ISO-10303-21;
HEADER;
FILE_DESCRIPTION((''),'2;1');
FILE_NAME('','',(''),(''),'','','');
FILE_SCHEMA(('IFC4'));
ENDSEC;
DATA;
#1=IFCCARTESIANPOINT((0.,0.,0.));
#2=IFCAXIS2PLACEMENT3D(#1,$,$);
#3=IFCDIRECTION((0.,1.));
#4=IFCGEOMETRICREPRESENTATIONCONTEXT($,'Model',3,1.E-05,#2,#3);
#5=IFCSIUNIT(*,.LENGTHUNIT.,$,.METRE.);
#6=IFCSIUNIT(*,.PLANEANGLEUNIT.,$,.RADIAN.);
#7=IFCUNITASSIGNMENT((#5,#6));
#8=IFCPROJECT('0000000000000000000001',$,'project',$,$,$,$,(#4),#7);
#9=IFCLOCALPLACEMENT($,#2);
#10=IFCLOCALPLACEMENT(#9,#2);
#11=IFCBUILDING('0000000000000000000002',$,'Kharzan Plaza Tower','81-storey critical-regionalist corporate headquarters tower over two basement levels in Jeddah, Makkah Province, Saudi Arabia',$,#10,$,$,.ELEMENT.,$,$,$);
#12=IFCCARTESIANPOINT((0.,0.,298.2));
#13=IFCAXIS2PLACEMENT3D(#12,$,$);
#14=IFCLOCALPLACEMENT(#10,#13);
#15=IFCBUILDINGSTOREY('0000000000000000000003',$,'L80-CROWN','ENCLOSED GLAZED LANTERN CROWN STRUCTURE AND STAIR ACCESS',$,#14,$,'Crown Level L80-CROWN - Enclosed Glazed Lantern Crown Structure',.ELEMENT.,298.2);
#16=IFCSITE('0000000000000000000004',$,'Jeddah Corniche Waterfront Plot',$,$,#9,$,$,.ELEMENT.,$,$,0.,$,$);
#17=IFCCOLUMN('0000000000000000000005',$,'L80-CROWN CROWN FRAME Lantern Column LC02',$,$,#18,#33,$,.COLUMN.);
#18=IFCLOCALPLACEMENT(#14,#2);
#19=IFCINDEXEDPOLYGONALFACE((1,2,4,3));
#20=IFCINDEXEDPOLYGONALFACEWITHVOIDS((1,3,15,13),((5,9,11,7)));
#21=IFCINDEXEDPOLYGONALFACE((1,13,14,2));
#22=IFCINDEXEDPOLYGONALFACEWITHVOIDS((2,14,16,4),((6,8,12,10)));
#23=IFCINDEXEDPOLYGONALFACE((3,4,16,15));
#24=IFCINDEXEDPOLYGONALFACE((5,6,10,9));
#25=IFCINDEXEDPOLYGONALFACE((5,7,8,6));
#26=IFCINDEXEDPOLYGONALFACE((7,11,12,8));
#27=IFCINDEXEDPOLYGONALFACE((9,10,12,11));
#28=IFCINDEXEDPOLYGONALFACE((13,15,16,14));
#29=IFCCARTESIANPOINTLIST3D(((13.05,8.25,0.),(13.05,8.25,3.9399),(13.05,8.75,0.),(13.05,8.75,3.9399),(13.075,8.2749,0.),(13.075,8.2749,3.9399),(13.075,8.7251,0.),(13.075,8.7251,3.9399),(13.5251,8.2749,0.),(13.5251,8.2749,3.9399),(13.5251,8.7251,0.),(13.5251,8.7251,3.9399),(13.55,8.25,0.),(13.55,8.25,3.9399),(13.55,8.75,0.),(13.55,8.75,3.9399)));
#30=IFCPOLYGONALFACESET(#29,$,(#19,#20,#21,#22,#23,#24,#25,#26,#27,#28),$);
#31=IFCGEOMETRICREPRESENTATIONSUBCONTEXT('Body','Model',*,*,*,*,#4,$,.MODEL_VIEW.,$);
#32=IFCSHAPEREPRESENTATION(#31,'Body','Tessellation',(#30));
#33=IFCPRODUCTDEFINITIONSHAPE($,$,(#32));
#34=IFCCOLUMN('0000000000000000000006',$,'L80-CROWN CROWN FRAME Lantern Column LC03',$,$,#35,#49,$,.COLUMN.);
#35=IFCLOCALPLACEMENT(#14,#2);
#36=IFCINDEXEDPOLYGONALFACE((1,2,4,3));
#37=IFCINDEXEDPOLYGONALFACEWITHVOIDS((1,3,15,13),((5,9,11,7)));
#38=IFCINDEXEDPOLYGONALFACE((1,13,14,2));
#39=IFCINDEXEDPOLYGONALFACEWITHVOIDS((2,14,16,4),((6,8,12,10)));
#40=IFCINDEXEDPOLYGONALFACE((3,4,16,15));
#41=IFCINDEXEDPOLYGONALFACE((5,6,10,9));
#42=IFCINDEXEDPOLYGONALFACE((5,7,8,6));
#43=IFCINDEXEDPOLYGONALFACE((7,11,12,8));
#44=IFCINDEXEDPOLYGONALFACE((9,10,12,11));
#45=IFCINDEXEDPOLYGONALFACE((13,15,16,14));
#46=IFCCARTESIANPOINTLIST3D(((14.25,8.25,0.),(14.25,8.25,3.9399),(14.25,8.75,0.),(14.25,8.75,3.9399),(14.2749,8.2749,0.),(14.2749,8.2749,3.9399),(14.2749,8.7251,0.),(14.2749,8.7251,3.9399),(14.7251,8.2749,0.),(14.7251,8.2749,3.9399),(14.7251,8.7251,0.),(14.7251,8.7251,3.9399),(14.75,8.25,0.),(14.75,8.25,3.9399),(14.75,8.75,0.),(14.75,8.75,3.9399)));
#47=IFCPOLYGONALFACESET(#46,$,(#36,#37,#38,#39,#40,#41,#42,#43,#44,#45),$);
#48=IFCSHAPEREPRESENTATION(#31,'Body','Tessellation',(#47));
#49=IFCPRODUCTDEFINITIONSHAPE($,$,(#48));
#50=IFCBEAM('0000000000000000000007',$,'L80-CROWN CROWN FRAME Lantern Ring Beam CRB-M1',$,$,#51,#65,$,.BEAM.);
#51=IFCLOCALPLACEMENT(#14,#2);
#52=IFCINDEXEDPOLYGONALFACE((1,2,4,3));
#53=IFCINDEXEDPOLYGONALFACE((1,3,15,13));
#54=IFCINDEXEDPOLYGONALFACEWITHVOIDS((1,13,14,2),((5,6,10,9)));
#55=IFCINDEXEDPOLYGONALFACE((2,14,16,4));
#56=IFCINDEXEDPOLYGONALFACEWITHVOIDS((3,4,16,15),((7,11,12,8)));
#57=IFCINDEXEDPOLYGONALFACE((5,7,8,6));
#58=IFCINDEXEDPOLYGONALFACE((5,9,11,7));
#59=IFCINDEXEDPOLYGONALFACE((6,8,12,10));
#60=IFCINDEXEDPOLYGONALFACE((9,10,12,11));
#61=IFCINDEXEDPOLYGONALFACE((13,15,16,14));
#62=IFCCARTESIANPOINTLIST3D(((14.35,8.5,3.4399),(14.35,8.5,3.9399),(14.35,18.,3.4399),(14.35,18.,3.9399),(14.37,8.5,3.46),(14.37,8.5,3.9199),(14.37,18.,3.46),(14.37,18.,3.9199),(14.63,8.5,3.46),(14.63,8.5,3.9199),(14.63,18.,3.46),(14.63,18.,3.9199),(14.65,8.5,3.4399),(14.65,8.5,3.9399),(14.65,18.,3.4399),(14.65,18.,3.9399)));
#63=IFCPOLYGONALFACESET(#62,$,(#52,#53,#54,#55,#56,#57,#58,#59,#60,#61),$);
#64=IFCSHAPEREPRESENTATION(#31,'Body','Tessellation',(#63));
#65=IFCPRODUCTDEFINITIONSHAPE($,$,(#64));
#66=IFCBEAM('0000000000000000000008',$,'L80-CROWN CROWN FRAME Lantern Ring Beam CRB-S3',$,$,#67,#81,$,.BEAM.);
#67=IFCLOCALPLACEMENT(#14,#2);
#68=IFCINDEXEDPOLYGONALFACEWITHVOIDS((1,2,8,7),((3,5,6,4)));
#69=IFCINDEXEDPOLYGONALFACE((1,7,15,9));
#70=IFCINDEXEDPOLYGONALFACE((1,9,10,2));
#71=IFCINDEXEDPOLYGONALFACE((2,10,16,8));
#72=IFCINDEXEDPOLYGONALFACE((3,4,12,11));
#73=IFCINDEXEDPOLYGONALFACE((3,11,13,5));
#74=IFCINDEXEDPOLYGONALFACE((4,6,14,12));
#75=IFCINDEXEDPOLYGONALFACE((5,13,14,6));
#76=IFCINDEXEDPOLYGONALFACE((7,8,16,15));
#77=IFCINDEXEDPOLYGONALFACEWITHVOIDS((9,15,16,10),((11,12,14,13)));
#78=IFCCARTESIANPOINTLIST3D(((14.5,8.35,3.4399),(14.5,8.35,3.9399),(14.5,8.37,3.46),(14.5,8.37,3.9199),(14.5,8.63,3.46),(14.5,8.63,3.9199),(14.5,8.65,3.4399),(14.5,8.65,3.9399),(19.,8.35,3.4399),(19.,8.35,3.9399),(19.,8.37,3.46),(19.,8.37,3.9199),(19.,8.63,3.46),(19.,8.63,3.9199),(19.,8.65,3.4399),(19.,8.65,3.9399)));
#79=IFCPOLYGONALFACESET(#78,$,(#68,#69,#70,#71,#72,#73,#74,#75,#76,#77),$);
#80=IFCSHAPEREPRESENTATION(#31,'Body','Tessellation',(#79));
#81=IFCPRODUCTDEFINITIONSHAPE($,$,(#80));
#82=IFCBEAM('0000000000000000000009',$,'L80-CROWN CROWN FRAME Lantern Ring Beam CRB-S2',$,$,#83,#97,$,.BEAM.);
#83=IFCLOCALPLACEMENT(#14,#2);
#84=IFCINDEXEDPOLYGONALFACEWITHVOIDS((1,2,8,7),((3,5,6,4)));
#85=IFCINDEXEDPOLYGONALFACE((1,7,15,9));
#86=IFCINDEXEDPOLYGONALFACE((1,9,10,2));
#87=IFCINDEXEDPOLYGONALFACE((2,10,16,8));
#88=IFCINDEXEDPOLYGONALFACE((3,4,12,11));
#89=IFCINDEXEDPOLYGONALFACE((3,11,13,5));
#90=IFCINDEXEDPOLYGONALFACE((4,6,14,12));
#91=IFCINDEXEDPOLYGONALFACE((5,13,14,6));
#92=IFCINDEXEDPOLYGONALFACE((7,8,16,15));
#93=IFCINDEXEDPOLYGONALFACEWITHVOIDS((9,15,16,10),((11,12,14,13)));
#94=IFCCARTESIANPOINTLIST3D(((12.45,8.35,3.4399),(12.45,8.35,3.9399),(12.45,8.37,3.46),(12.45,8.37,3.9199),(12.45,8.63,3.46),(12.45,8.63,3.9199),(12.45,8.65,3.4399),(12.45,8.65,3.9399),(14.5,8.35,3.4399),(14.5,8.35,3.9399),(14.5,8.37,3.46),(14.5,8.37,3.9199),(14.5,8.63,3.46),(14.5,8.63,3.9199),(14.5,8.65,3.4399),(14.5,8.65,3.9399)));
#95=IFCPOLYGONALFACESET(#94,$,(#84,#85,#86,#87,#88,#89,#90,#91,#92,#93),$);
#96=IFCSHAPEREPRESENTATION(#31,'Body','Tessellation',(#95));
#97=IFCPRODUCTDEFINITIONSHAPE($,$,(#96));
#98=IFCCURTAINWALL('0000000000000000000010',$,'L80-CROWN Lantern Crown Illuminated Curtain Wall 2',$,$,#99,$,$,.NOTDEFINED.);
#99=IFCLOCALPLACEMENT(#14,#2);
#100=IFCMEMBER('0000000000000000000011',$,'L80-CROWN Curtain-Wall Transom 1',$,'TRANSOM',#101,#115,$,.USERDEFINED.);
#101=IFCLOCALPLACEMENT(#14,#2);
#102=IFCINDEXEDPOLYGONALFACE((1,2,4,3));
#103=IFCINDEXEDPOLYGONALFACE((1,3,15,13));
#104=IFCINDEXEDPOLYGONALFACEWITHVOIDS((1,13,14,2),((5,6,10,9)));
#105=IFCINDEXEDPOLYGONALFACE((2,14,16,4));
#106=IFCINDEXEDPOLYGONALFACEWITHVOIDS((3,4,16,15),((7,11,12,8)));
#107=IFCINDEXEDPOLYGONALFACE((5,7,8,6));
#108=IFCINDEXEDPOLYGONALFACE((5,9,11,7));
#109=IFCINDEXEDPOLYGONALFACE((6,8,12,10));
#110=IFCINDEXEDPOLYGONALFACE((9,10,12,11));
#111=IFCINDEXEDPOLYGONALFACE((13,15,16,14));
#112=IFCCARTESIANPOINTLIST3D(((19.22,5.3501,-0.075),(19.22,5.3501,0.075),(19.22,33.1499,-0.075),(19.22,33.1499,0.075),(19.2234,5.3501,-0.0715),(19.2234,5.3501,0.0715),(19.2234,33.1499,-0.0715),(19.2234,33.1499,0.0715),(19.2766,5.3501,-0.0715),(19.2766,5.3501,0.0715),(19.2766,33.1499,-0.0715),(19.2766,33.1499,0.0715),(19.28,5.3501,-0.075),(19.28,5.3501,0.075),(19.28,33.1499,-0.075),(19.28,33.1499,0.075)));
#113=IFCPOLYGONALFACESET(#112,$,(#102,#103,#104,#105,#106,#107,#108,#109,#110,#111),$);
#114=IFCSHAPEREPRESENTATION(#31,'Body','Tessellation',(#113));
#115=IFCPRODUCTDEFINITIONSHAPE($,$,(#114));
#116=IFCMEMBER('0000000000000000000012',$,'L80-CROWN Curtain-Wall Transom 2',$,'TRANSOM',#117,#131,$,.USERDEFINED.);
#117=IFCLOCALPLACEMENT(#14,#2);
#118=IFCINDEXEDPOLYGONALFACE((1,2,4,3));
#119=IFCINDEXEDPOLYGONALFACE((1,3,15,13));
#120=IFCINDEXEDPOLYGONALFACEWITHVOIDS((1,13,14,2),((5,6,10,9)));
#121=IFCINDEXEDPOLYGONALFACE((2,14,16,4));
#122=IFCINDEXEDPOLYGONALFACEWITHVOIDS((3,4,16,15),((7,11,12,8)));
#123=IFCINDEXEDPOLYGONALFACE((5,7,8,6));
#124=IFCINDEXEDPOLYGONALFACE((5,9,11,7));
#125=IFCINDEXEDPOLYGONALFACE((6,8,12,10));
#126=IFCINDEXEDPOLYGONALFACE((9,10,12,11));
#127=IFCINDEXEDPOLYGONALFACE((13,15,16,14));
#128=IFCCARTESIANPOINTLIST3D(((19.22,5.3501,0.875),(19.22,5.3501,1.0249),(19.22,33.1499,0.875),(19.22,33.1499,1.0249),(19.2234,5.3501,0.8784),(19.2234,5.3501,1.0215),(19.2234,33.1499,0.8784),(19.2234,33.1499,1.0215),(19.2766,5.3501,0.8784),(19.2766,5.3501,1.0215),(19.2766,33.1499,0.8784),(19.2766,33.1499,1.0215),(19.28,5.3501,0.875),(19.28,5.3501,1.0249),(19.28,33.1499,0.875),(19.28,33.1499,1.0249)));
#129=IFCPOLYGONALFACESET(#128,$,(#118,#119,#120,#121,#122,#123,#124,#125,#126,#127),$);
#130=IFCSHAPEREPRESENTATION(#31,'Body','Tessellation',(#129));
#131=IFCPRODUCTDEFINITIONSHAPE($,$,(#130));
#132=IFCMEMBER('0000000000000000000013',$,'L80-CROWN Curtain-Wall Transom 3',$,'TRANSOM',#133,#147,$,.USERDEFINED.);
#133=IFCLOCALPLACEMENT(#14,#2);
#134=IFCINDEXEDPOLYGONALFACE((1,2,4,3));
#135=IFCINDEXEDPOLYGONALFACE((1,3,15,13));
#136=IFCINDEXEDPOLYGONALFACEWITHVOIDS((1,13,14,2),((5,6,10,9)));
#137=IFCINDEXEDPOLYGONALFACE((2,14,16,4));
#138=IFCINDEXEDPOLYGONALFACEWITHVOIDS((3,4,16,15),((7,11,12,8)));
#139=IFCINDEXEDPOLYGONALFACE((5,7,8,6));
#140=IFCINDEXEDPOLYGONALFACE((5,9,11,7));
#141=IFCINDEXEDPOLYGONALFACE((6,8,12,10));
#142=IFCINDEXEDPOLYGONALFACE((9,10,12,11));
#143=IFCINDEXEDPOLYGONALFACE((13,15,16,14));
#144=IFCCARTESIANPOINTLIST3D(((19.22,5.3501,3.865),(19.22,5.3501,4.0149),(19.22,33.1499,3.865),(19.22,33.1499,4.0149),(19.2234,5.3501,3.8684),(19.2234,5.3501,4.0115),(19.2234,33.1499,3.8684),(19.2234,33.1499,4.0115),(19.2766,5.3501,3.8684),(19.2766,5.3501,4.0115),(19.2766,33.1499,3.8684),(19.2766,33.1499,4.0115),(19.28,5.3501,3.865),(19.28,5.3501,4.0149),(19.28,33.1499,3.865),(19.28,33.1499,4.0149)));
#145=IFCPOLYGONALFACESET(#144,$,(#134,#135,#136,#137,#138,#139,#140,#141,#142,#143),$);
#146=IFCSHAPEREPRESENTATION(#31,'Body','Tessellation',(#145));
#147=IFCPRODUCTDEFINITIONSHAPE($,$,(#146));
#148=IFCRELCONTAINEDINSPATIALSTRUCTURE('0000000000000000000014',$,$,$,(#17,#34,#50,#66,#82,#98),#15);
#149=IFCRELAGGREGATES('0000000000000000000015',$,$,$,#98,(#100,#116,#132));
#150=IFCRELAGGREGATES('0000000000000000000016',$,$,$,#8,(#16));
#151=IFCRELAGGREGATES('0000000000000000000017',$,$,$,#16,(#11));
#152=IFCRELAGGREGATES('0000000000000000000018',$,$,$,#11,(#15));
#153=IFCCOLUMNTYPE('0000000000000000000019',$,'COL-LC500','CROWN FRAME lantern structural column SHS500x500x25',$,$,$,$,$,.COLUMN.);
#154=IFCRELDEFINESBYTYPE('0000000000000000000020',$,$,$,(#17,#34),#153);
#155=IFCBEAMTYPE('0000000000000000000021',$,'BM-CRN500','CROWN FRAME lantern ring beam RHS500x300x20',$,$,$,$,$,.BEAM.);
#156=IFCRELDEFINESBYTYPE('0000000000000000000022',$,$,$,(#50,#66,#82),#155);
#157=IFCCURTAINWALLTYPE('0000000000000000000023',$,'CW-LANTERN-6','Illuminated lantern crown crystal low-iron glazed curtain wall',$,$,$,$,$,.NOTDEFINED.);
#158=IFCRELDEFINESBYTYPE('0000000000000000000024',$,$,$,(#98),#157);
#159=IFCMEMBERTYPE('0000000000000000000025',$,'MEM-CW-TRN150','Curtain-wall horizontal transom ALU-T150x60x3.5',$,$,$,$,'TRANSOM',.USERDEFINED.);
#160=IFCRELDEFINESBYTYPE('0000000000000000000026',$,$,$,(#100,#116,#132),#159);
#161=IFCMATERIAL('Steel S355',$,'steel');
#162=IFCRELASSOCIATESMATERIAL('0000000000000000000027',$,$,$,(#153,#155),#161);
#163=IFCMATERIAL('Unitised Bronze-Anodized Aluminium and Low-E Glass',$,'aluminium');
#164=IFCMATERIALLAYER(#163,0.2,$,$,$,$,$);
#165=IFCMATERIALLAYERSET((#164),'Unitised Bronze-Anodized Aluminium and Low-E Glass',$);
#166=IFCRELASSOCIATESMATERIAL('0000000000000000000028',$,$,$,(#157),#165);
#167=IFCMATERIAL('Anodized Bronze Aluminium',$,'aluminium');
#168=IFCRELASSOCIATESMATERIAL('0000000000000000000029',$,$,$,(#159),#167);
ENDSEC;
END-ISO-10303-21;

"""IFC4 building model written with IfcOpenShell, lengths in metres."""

from ifc_helpers import new_model, si_unit, direction, frame, origin, origin_2d, place, context, subcontext, project, spatial, hollow_rectangle, extrude, source, transform, mapped, material, layer, layer_set, material_profile, profile_set, type_object, element, aggregate, save


model = new_model("IFC4")

# Units and contexts
model_context = context("Model", 3, precision=1e-05, world=origin(), true_north=direction((0.0, 1.0)))
body_context = subcontext(model_context, "Body", "Model", "MODEL_VIEW")
ifc_project = project(units=[si_unit("LENGTHUNIT", "METRE"), si_unit("PLANEANGLEUNIT", "RADIAN")], contexts=[model_context])

# Site, building, storey
site_placement = place(None, origin())
site = spatial("IfcSite", under=ifc_project, at=site_placement, Name="Jeddah Corniche Waterfront Plot", CompositionType="ELEMENT", RefElevation=0.0)
building_placement = place(site_placement, origin())
building = spatial("IfcBuilding", under=site, at=building_placement, Name="Kharzan Plaza Tower", Description="81-storey critical-regionalist corporate headquarters tower over two basement levels in Jeddah, Makkah Province, Saudi Arabia", CompositionType="ELEMENT")
storey_placement = place(building_placement, frame((0.0, 0.0, 298.2)))
storey = spatial("IfcBuildingStorey", under=building, at=storey_placement, Name="L80-CROWN", Description="ENCLOSED GLAZED LANTERN CROWN STRUCTURE AND STAIR ACCESS", LongName="Crown Level L80-CROWN - Enclosed Glazed Lantern Crown Structure", CompositionType="ELEMENT", Elevation=298.2)

# Columns
ifc_material_1 = material(Name="Steel S355", Category="steel")
ifc_material_profile_1 = material_profile(ifc_material_1, hollow_rectangle(XDim=0.5, YDim=0.5, WallThickness=0.0249, at=origin_2d()), Name="SHS500x500x25")
ifc_profile_set_1 = profile_set([ifc_material_profile_1], Name="Steel S355")
column_type = type_object("IfcColumnType", Name="COL-LC500", Description="CROWN FRAME lantern structural column SHS500x500x25", PredefinedType="COLUMN", material=ifc_profile_set_1)
shared_shape_1 = source(origin(), body_context, "Body", "SweptSolid", [
    extrude(hollow_rectangle(XDim=0.5, YDim=0.5, WallThickness=0.0249, at=origin_2d()), origin(), (0.0, 0.0, 1.0), 3.9399),
])
for number, where, z_axis, x_axis, name in (
    (1, (13.3, 8.5, 0.0), (0.0, 0.0, 1.0), (1.0, 0.0, 0.0), "L80-CROWN CROWN FRAME Lantern Column LC02"),
    (2, (14.5, 8.5, 0.0), (0.0, 0.0, 1.0), (1.0, 0.0, 0.0), "L80-CROWN CROWN FRAME Lantern Column LC03"),
):
    element("IfcColumn", number, at=place(storey_placement, frame(where, z_axis=z_axis, x_axis=x_axis)), inside=storey, type_object=column_type, Name=name, PredefinedType="COLUMN", context=body_context, shape_type="MappedRepresentation", body=[
        mapped(shared_shape_1, transform((0.0, 0.0, 0.0), x_axis=(1.0, 0.0, 0.0), y_axis=(0.0, 1.0, 0.0), z_axis=(0.0, 0.0, 1.0))),
    ])

# Beams
ifc_material_profile_2 = material_profile(ifc_material_1, hollow_rectangle(XDim=0.3, YDim=0.5, WallThickness=0.02, at=origin_2d()), Name="RHS500x300x20")
ifc_profile_set_2 = profile_set([ifc_material_profile_2], Name="Steel S355")
beam_type = type_object("IfcBeamType", Name="BM-CRN500", Description="CROWN FRAME lantern ring beam RHS500x300x20", PredefinedType="BEAM", material=ifc_profile_set_2)
shared_shape_2 = source(origin(), body_context, "Body", "SweptSolid", [
    extrude(hollow_rectangle(XDim=0.3, YDim=0.5, WallThickness=0.02, at=origin_2d()), origin(), (0.0, 0.0, 1.0), 9.5),
])
beam_1_placement = place(storey_placement, frame((14.5, 8.5, 3.6899), z_axis=(0.0, 1.0, 0.0), x_axis=(-1.0, 0.0, 0.0)))
element("IfcBeam", 3, at=beam_1_placement, inside=storey, type_object=beam_type, Name="L80-CROWN CROWN FRAME Lantern Ring Beam CRB-M1", PredefinedType="BEAM", context=body_context, shape_type="MappedRepresentation", body=[
    mapped(shared_shape_2, transform((0.0, 0.0, 0.0), x_axis=(1.0, 0.0, 0.0), y_axis=(0.0, 1.0, 0.0), z_axis=(0.0, 0.0, 1.0))),
])
shared_shape_3 = source(origin(), body_context, "Body", "SweptSolid", [
    extrude(hollow_rectangle(XDim=0.3, YDim=0.5, WallThickness=0.02, at=origin_2d()), origin(), (0.0, 0.0, 1.0), 4.5),
])
beam_2_placement = place(storey_placement, frame((14.5, 8.5, 3.6899), z_axis=(1.0, 0.0, 0.0), x_axis=(0.0, 1.0, 0.0)))
element("IfcBeam", 4, at=beam_2_placement, inside=storey, type_object=beam_type, Name="L80-CROWN CROWN FRAME Lantern Ring Beam CRB-S3", PredefinedType="BEAM", context=body_context, shape_type="MappedRepresentation", body=[
    mapped(shared_shape_3, transform((0.0, 0.0, 0.0), x_axis=(1.0, 0.0, 0.0), y_axis=(0.0, 1.0, 0.0), z_axis=(0.0, 0.0, 1.0))),
])
shared_shape_4 = source(origin(), body_context, "Body", "SweptSolid", [
    extrude(hollow_rectangle(XDim=0.3, YDim=0.5, WallThickness=0.02, at=origin_2d()), origin(), (0.0, 0.0, 1.0), 2.05),
])
beam_3_placement = place(storey_placement, frame((12.45, 8.5, 3.6899), z_axis=(1.0, 0.0, 0.0), x_axis=(0.0, 1.0, 0.0)))
element("IfcBeam", 5, at=beam_3_placement, inside=storey, type_object=beam_type, Name="L80-CROWN CROWN FRAME Lantern Ring Beam CRB-S2", PredefinedType="BEAM", context=body_context, shape_type="MappedRepresentation", body=[
    mapped(shared_shape_4, transform((0.0, 0.0, 0.0), x_axis=(1.0, 0.0, 0.0), y_axis=(0.0, 1.0, 0.0), z_axis=(0.0, 0.0, 1.0))),
])

# Curtain wall, members
ifc_material_2 = material(Name="Unitised Bronze-Anodized Aluminium and Low-E Glass", Category="aluminium")
ifc_layer_1 = layer(ifc_material_2, 0.2)
ifc_layer_set_1 = layer_set([ifc_layer_1], Name="Unitised Bronze-Anodized Aluminium and Low-E Glass")
curtain_wall_type = type_object("IfcCurtainWallType", Name="CW-LANTERN-6", Description="Illuminated lantern crown crystal low-iron glazed curtain wall", PredefinedType="NOTDEFINED", material=ifc_layer_set_1)
curtain_wall_1_placement = place(storey_placement, origin())
curtain_wall_1 = element("IfcCurtainWall", 6, at=curtain_wall_1_placement, inside=storey, type_object=curtain_wall_type, Name="L80-CROWN Lantern Crown Illuminated Curtain Wall 2", PredefinedType="NOTDEFINED")
ifc_material_3 = material(Name="Anodized Bronze Aluminium", Category="aluminium")
ifc_material_profile_3 = material_profile(ifc_material_3, hollow_rectangle(XDim=0.0601, YDim=0.1499, WallThickness=0.0034, at=origin_2d()), Name="ALU-T150x60x3.5")
ifc_profile_set_3 = profile_set([ifc_material_profile_3], Name="Anodized Bronze Aluminium")
member_type_1 = type_object("IfcMemberType", Name="MEM-CW-TRN150", Description="Curtain-wall horizontal transom ALU-T150x60x3.5", ElementType="TRANSOM", PredefinedType="USERDEFINED", material=ifc_profile_set_3)
shared_shape_5 = source(origin(), body_context, "Body", "SweptSolid", [
    extrude(hollow_rectangle(XDim=0.0601, YDim=0.1499, WallThickness=0.0034, at=origin_2d()), origin(), (0.0, 0.0, 1.0), 27.7998),
])
member_1_placement = place(storey_placement, frame((19.25, 5.3501, 0.0), z_axis=(0.0, 1.0, 0.0), x_axis=(-1.0, 0.0, 0.0)))
member_1 = element("IfcMember", 7, at=member_1_placement, type_object=member_type_1, Name="L80-CROWN Curtain-Wall Transom 1", ObjectType="TRANSOM", PredefinedType="USERDEFINED", context=body_context, shape_type="MappedRepresentation", body=[
    mapped(shared_shape_5, transform((0.0, 0.0, 0.0), x_axis=(1.0, 0.0, 0.0), y_axis=(0.0, 1.0, 0.0), z_axis=(0.0, 0.0, 1.0))),
])
member_2_placement = place(storey_placement, frame((19.25, 5.3501, 0.95), z_axis=(0.0, 1.0, 0.0), x_axis=(-1.0, 0.0, 0.0)))
member_2 = element("IfcMember", 8, at=member_2_placement, type_object=member_type_1, Name="L80-CROWN Curtain-Wall Transom 2", ObjectType="TRANSOM", PredefinedType="USERDEFINED", context=body_context, shape_type="MappedRepresentation", body=[
    mapped(shared_shape_5, transform((0.0, 0.0, 0.0), x_axis=(1.0, 0.0, 0.0), y_axis=(0.0, 1.0, 0.0), z_axis=(0.0, 0.0, 1.0))),
])
member_3_placement = place(storey_placement, frame((19.25, 5.3501, 3.9399), z_axis=(0.0, 1.0, 0.0), x_axis=(-1.0, 0.0, 0.0)))
member_3 = element("IfcMember", 9, at=member_3_placement, type_object=member_type_1, Name="L80-CROWN Curtain-Wall Transom 3", ObjectType="TRANSOM", PredefinedType="USERDEFINED", context=body_context, shape_type="MappedRepresentation", body=[
    mapped(shared_shape_5, transform((0.0, 0.0, 0.0), x_axis=(1.0, 0.0, 0.0), y_axis=(0.0, 1.0, 0.0), z_axis=(0.0, 0.0, 1.0))),
])

aggregate(curtain_wall_1, [member_1, member_2, member_3])

save(model, "model.ifc")
